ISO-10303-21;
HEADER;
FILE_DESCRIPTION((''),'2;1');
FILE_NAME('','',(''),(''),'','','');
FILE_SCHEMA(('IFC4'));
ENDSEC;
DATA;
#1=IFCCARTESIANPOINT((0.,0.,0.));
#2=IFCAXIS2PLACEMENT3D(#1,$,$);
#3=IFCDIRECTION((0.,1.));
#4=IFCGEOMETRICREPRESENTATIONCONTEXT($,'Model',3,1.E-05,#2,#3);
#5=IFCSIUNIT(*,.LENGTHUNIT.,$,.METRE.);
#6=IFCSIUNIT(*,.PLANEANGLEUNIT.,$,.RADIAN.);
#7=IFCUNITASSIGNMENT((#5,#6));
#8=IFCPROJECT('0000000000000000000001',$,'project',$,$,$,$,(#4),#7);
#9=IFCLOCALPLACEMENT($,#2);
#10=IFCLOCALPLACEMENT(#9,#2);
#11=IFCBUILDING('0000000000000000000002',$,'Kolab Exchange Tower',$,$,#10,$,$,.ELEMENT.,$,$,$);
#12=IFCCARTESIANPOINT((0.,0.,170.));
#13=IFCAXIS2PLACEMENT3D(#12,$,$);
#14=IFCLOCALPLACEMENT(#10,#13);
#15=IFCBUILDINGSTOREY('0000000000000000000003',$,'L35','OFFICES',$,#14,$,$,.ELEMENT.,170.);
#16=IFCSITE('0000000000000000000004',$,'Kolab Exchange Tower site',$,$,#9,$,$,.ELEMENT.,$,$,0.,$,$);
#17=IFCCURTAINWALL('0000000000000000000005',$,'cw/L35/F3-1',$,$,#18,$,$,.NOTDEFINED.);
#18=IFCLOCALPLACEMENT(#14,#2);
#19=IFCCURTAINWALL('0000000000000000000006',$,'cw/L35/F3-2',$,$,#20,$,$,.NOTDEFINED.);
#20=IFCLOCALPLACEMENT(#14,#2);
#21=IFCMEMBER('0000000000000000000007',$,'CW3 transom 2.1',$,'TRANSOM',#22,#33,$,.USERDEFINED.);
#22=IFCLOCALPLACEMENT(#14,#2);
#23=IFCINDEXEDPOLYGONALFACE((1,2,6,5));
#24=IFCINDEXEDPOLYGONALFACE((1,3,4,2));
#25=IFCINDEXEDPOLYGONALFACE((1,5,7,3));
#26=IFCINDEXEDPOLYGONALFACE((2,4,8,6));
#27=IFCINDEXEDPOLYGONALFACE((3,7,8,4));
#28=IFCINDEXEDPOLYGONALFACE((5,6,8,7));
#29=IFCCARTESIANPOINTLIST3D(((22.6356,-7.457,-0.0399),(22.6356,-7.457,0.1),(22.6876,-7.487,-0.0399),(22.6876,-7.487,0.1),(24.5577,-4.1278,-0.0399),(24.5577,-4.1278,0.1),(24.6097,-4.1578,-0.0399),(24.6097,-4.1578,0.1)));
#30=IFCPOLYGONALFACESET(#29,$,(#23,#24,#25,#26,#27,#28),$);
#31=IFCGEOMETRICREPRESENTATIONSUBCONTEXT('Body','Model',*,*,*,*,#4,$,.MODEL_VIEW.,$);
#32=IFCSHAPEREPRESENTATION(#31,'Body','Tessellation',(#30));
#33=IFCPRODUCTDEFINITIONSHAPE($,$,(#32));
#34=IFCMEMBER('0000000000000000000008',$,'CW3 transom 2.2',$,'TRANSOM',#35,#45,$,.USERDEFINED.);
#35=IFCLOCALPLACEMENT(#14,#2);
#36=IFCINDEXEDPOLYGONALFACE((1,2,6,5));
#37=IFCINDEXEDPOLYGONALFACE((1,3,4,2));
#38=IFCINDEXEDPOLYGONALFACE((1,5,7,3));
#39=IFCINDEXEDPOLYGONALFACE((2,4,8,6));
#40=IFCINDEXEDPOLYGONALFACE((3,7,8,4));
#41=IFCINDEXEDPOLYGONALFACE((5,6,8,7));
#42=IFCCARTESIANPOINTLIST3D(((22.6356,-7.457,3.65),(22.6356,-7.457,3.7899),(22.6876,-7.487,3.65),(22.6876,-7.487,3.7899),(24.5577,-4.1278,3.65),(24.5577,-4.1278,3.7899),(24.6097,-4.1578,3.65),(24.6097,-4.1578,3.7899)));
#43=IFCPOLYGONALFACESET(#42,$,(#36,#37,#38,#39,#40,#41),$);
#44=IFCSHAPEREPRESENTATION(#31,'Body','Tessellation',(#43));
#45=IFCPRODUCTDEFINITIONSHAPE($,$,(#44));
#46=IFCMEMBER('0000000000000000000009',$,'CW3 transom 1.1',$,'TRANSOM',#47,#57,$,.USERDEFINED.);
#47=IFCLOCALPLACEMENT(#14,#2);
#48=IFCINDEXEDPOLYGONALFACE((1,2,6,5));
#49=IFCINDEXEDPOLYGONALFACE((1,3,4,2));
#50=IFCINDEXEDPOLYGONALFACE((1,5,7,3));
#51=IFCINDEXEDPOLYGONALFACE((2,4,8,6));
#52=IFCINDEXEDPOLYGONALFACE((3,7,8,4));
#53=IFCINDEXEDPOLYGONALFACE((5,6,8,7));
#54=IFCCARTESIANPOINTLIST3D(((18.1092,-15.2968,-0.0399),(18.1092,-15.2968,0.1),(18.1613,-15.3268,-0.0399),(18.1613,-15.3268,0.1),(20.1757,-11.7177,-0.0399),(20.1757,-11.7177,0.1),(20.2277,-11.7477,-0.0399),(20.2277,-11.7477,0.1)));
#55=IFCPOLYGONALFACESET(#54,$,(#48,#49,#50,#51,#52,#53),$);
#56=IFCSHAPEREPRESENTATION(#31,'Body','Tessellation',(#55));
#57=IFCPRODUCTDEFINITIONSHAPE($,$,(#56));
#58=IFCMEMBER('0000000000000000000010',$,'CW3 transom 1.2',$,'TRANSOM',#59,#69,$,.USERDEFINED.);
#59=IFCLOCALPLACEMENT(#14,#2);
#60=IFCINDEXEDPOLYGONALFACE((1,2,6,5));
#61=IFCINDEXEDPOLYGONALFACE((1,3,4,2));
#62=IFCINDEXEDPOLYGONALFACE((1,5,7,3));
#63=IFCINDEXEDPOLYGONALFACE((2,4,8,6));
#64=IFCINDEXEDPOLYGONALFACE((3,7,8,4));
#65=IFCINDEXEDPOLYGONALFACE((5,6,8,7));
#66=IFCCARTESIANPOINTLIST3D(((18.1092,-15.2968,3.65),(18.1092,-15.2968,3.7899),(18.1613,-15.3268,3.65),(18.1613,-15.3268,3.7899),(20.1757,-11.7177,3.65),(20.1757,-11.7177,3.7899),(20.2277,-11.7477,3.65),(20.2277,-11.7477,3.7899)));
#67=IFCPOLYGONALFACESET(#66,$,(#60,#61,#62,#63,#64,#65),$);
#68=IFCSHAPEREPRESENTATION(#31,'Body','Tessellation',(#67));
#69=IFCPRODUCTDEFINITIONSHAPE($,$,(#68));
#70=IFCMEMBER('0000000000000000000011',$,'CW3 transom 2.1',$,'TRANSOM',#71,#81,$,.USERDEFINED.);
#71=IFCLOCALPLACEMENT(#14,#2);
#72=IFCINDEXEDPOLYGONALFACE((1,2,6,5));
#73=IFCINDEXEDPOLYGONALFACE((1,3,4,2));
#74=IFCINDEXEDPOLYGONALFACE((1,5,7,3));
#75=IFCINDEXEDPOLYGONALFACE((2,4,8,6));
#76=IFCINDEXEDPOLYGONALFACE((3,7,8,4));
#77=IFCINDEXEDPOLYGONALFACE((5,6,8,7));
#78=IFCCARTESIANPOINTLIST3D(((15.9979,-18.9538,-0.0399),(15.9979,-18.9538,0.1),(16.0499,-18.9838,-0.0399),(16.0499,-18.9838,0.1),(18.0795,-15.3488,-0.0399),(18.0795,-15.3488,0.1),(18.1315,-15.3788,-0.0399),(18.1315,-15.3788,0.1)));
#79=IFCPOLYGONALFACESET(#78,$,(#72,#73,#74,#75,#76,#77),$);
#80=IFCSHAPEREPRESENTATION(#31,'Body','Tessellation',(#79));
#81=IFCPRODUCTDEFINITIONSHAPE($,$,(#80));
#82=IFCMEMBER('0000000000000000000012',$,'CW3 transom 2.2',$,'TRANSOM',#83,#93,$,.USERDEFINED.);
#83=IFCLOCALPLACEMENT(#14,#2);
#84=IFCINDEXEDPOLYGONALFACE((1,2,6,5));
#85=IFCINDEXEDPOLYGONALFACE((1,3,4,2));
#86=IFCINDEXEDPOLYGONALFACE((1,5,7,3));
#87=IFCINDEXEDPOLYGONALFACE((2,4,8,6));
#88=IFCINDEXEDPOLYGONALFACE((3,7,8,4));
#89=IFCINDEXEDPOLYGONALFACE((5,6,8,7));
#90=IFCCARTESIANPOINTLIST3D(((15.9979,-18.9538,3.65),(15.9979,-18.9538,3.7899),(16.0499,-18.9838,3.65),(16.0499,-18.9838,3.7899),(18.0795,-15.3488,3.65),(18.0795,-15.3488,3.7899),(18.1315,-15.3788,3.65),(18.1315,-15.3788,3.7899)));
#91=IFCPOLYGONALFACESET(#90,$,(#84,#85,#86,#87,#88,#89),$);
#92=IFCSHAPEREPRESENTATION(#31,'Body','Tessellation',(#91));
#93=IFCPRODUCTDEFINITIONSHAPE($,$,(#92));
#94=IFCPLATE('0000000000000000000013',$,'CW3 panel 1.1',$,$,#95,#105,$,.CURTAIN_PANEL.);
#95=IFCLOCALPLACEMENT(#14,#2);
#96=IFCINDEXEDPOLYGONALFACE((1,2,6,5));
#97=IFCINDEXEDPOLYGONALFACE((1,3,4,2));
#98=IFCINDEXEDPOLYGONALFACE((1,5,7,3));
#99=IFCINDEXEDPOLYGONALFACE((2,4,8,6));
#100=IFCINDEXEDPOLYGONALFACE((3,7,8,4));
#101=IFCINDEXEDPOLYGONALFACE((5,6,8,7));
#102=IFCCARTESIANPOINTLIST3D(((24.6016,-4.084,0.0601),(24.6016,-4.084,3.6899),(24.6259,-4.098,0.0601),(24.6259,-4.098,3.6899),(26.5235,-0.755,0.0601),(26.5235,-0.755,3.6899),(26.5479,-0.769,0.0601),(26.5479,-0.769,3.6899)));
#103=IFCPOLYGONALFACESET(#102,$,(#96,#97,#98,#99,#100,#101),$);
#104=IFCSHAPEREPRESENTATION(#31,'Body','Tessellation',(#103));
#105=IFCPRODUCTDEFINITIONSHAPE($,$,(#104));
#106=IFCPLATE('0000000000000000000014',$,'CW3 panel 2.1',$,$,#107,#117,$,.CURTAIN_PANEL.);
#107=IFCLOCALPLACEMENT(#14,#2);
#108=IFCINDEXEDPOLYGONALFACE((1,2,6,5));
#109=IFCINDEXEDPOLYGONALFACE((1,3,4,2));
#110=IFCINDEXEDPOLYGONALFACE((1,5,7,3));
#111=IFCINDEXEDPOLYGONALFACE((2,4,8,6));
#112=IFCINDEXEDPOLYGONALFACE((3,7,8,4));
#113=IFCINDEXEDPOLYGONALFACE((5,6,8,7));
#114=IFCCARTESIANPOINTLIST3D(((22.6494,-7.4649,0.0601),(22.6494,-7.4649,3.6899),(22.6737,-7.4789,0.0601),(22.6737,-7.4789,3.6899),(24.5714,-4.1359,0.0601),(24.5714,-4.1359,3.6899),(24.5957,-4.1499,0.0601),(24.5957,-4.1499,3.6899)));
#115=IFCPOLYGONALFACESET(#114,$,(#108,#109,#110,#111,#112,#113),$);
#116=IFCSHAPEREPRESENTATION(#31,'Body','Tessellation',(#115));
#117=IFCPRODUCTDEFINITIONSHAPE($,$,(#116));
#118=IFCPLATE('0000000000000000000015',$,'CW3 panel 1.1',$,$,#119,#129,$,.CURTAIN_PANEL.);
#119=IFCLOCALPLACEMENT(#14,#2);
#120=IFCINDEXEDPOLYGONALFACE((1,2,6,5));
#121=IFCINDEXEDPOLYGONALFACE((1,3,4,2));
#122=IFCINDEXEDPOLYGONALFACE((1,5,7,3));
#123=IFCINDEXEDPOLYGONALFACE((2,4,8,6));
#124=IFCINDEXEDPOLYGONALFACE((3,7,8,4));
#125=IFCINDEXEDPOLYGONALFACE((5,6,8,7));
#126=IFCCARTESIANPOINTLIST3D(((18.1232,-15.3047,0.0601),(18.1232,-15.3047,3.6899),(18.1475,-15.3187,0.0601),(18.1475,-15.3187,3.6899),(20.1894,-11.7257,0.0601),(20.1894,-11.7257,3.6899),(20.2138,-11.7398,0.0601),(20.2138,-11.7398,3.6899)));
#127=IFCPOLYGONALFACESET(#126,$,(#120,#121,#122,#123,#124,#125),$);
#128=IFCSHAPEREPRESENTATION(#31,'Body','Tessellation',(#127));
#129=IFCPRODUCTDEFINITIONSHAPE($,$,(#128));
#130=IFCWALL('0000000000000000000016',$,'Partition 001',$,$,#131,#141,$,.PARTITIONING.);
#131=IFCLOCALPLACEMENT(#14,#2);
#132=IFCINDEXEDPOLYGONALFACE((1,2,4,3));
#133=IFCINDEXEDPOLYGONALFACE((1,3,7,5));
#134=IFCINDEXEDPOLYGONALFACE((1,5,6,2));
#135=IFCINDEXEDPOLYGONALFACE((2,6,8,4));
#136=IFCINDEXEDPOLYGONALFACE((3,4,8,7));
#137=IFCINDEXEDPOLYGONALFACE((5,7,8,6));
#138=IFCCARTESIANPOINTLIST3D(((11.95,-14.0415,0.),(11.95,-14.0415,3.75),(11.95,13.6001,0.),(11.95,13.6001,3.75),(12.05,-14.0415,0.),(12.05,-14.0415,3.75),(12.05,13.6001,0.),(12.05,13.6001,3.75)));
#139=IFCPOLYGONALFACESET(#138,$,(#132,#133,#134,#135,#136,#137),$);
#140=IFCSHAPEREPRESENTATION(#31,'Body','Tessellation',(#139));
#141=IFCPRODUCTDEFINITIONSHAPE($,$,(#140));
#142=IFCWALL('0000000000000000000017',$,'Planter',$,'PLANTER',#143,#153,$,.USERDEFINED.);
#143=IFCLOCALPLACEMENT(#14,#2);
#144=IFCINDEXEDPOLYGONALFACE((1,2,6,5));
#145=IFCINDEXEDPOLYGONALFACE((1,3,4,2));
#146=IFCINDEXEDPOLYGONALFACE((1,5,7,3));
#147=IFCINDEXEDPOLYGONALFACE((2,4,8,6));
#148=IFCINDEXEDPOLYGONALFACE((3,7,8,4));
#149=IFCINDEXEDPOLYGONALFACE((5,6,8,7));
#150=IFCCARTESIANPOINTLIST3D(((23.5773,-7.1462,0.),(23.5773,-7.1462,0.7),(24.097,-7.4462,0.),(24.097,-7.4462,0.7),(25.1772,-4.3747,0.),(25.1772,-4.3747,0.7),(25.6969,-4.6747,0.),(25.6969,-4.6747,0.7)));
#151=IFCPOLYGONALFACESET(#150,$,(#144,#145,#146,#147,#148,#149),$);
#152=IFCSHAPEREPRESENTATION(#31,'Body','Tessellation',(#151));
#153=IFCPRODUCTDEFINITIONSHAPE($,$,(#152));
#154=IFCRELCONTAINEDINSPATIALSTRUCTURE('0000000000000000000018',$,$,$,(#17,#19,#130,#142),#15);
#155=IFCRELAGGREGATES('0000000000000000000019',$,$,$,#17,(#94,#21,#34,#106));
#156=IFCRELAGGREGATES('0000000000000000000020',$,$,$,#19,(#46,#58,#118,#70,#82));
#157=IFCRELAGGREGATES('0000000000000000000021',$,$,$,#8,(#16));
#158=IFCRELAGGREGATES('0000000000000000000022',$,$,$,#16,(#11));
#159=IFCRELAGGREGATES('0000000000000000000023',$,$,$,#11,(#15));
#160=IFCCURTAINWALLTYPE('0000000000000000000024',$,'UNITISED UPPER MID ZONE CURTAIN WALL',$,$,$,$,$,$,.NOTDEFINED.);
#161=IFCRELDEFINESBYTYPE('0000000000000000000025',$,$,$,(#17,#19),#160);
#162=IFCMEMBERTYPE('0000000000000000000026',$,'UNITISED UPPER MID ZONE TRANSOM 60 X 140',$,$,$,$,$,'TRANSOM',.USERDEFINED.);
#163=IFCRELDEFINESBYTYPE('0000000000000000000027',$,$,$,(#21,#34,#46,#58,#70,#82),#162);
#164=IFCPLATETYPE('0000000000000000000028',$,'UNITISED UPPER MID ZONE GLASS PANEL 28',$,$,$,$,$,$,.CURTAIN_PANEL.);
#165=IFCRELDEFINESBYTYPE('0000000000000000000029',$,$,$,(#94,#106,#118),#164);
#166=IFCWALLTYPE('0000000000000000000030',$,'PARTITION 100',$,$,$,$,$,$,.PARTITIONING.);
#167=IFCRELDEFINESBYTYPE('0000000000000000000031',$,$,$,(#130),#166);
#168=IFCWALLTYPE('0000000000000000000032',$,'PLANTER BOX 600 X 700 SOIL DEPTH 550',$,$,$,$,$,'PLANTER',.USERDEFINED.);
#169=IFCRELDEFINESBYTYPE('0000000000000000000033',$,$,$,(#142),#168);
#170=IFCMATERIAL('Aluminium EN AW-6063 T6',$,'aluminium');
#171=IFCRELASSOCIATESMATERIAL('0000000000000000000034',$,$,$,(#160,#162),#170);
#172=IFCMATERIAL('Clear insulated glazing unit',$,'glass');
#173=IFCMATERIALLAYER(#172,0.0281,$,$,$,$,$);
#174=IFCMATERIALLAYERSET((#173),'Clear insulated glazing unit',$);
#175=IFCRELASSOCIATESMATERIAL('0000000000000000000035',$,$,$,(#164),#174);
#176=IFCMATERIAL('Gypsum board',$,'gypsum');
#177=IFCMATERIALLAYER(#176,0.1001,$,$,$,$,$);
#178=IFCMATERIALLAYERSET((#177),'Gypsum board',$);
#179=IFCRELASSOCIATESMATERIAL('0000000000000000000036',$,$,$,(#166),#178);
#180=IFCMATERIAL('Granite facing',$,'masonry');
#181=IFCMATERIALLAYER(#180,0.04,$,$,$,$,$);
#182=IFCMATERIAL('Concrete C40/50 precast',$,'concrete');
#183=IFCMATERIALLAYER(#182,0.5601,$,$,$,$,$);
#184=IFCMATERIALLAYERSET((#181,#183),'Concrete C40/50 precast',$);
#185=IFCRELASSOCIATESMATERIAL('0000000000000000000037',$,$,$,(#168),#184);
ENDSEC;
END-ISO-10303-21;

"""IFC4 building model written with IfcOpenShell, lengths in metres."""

from ifc_helpers import new_model, si_unit, direction, frame, frame_2d, origin, origin_2d, place, context, subcontext, project, spatial, rectangle, extrude, material, layer, layer_set, material_profile, profile_set, type_object, element, aggregate, save


model = new_model("IFC4")

# Units and contexts
model_context = context("Model", 3, precision=1e-05, world=origin(), true_north=direction((0.0, 1.0)))
body_context = subcontext(model_context, "Body", "Model", "MODEL_VIEW")
ifc_project = project(units=[si_unit("LENGTHUNIT", "METRE"), si_unit("PLANEANGLEUNIT", "RADIAN")], contexts=[model_context])

# Site, building, storey
site_placement = place(None, origin())
site = spatial("IfcSite", under=ifc_project, at=site_placement, Name="Kolab Exchange Tower site", CompositionType="ELEMENT", RefElevation=0.0)
building_placement = place(site_placement, origin())
building = spatial("IfcBuilding", under=site, at=building_placement, Name="Kolab Exchange Tower", CompositionType="ELEMENT")
storey_placement = place(building_placement, frame((0.0, 0.0, 170.0)))
storey = spatial("IfcBuildingStorey", under=building, at=storey_placement, Name="L35", Description="OFFICES", CompositionType="ELEMENT", Elevation=170.0)

# Curtain walls
ifc_material_1 = material(Name="Aluminium EN AW-6063 T6", Category="aluminium")
curtain_wall_type = type_object("IfcCurtainWallType", Name="UNITISED UPPER MID ZONE CURTAIN WALL", PredefinedType="NOTDEFINED", material=ifc_material_1)
curtain_wall_1_placement = place(storey_placement, origin())
curtain_wall_1 = element("IfcCurtainWall", 1, at=curtain_wall_1_placement, inside=storey, type_object=curtain_wall_type, Name="cw/L35/F3-1", PredefinedType="NOTDEFINED")
curtain_wall_2_placement = place(storey_placement, origin())
curtain_wall_2 = element("IfcCurtainWall", 2, at=curtain_wall_2_placement, inside=storey, type_object=curtain_wall_type, Name="cw/L35/F3-2", PredefinedType="NOTDEFINED")

# Members
ifc_material_profile_1 = material_profile(ifc_material_1, rectangle(XDim=0.0601, YDim=0.1399, at=origin_2d()), Name="RECT 60X140")
ifc_profile_set_1 = profile_set([ifc_material_profile_1], Name="Aluminium EN AW-6063 T6")
member_type_1 = type_object("IfcMemberType", Name="UNITISED UPPER MID ZONE TRANSOM 60 X 140", ElementType="TRANSOM", PredefinedType="USERDEFINED", material=ifc_profile_set_1)
member_1_placement = place(storey_placement, frame((24.5837, -4.1428, 0.03), z_axis=(-0.500012, -0.866018, 0.0), x_axis=(0.866018, -0.500012, 0.0)))
member_1 = element("IfcMember", 3, at=member_1_placement, type_object=member_type_1, Name="CW3 transom 2.1", ObjectType="TRANSOM", PredefinedType="USERDEFINED", context=body_context, shape_type="SweptSolid", body=[
    extrude(rectangle(XDim=0.0601, YDim=0.1399, at=origin_2d()), origin(), (0.0, 0.0, 1.0), 3.8442),
])
member_2_placement = place(storey_placement, frame((24.5837, -4.1428, 3.72), z_axis=(-0.500012, -0.866018, 0.0), x_axis=(0.866018, -0.500012, 0.0)))
member_2 = element("IfcMember", 4, at=member_2_placement, type_object=member_type_1, Name="CW3 transom 2.2", ObjectType="TRANSOM", PredefinedType="USERDEFINED", context=body_context, shape_type="SweptSolid", body=[
    extrude(rectangle(XDim=0.0601, YDim=0.1399, at=origin_2d()), origin(), (0.0, 0.0, 1.0), 3.8442),
])
member_3_placement = place(storey_placement, frame((20.2017, -11.7327, 0.03), z_axis=(-0.500002, -0.866024, 0.0), x_axis=(0.866024, -0.500002, 0.0)))
member_3 = element("IfcMember", 5, at=member_3_placement, type_object=member_type_1, Name="CW3 transom 1.1", ObjectType="TRANSOM", PredefinedType="USERDEFINED", context=body_context, shape_type="SweptSolid", body=[
    extrude(rectangle(XDim=0.0601, YDim=0.1399, at=origin_2d()), origin(), (0.0, 0.0, 1.0), 4.1328),
])
member_4_placement = place(storey_placement, frame((20.2017, -11.7327, 3.72), z_axis=(-0.500002, -0.866024, 0.0), x_axis=(0.866024, -0.500002, 0.0)))
member_4 = element("IfcMember", 6, at=member_4_placement, type_object=member_type_1, Name="CW3 transom 1.2", ObjectType="TRANSOM", PredefinedType="USERDEFINED", context=body_context, shape_type="SweptSolid", body=[
    extrude(rectangle(XDim=0.0601, YDim=0.1399, at=origin_2d()), origin(), (0.0, 0.0, 1.0), 4.1328),
])
member_5_placement = place(storey_placement, frame((18.1055, -15.3638, 0.03), z_axis=(-0.500037, -0.866004, 0.0), x_axis=(0.866004, -0.500037, 0.0)))
member_5 = element("IfcMember", 7, at=member_5_placement, type_object=member_type_1, Name="CW3 transom 2.1", ObjectType="TRANSOM", PredefinedType="USERDEFINED", context=body_context, shape_type="SweptSolid", body=[
    extrude(rectangle(XDim=0.0601, YDim=0.1399, at=origin_2d()), origin(), (0.0, 0.0, 1.0), 4.1628),
])
member_6_placement = place(storey_placement, frame((18.1055, -15.3638, 3.72), z_axis=(-0.500037, -0.866004, 0.0), x_axis=(0.866004, -0.500037, 0.0)))
member_6 = element("IfcMember", 8, at=member_6_placement, type_object=member_type_1, Name="CW3 transom 2.2", ObjectType="TRANSOM", PredefinedType="USERDEFINED", context=body_context, shape_type="SweptSolid", body=[
    extrude(rectangle(XDim=0.0601, YDim=0.1399, at=origin_2d()), origin(), (0.0, 0.0, 1.0), 4.1628),
])

# Plates
ifc_material_2 = material(Name="Clear insulated glazing unit", Category="glass")
ifc_layer_1 = layer(ifc_material_2, 0.0281)
ifc_layer_set_1 = layer_set([ifc_layer_1], Name="Clear insulated glazing unit")
plate_type = type_object("IfcPlateType", Name="UNITISED UPPER MID ZONE GLASS PANEL 28", PredefinedType="CURTAIN_PANEL", material=ifc_layer_set_1)
plate_1_placement = place(storey_placement, frame((25.5747, -2.4265, 0.0601), z_axis=(0.0, 0.0, 1.0), x_axis=(-0.5, -0.866025, 0.0)))
plate_1 = element("IfcPlate", 9, at=plate_1_placement, type_object=plate_type, Name="CW3 panel 1.1", PredefinedType="CURTAIN_PANEL", context=body_context, shape_type="SweptSolid", body=[
    extrude(rectangle(XDim=3.844, YDim=0.0281, at=origin_2d()), origin(), (0.0, 0.0, 1.0), 3.6299),
])
plate_2_placement = place(storey_placement, frame((23.6226, -5.8074, 0.0601), z_axis=(0.0, 0.0, 1.0), x_axis=(-0.5, -0.866025, 0.0)))
plate_2 = element("IfcPlate", 10, at=plate_2_placement, type_object=plate_type, Name="CW3 panel 2.1", PredefinedType="CURTAIN_PANEL", context=body_context, shape_type="SweptSolid", body=[
    extrude(rectangle(XDim=3.844, YDim=0.0281, at=origin_2d()), origin(), (0.0, 0.0, 1.0), 3.6299),
])
aggregate(curtain_wall_1, [plate_1, member_1, member_2, plate_2])
plate_3_placement = place(storey_placement, frame((19.1685, -13.5222, 0.0601), z_axis=(0.0, 0.0, 1.0), x_axis=(-0.5, -0.866025, 0.0)))
plate_3 = element("IfcPlate", 11, at=plate_3_placement, type_object=plate_type, Name="CW3 panel 1.1", PredefinedType="CURTAIN_PANEL", context=body_context, shape_type="SweptSolid", body=[
    extrude(rectangle(XDim=4.1326, YDim=0.0281, at=origin_2d()), origin(), (0.0, 0.0, 1.0), 3.6299),
])
aggregate(curtain_wall_2, [member_3, member_4, plate_3, member_5, member_6])

# Walls
ifc_material_3 = material(Name="Gypsum board", Category="gypsum")
ifc_layer_2 = layer(ifc_material_3, 0.1001)
ifc_layer_set_2 = layer_set([ifc_layer_2], Name="Gypsum board")
wall_type_1 = type_object("IfcWallType", Name="PARTITION 100", PredefinedType="PARTITIONING", material=ifc_layer_set_2)
wall_1_placement = place(storey_placement, frame((12.0, -14.0415, 0.0), z_axis=(0.0, 0.0, 1.0), x_axis=(0.0, 1.0, 0.0)))
element("IfcWall", 12, at=wall_1_placement, inside=storey, type_object=wall_type_1, Name="Partition 001", PredefinedType="PARTITIONING", context=body_context, shape_type="SweptSolid", body=[
    extrude(rectangle(XDim=27.6416, YDim=0.1001, at=frame_2d((13.8208, 0.0))), origin(), (0.0, 0.0, 1.0), 3.75),
])
ifc_material_4 = material(Name="Granite facing", Category="masonry")
ifc_layer_3 = layer(ifc_material_4, 0.04)
ifc_material_5 = material(Name="Concrete C40/50 precast", Category="concrete")
ifc_layer_4 = layer(ifc_material_5, 0.5601)
ifc_layer_set_3 = layer_set([ifc_layer_3, ifc_layer_4], Name="Concrete C40/50 precast")
wall_type_2 = type_object("IfcWallType", Name="PLANTER BOX 600 X 700 SOIL DEPTH 550", ElementType="PLANTER", PredefinedType="USERDEFINED", material=ifc_layer_set_3)
wall_2_placement = place(storey_placement, frame((25.437, -4.5247, 0.0), z_axis=(0.0, 0.0, 1.0), x_axis=(-0.499938, -0.866061, 0.0)))
element("IfcWall", 13, at=wall_2_placement, inside=storey, type_object=wall_type_2, Name="Planter", ObjectType="PLANTER", PredefinedType="USERDEFINED", context=body_context, shape_type="SweptSolid", body=[
    extrude(rectangle(XDim=3.2002, YDim=0.6001, at=frame_2d((1.6001, 0.0))), origin(), (0.0, 0.0, 1.0), 0.7),
])

save(model, "model.ifc")
